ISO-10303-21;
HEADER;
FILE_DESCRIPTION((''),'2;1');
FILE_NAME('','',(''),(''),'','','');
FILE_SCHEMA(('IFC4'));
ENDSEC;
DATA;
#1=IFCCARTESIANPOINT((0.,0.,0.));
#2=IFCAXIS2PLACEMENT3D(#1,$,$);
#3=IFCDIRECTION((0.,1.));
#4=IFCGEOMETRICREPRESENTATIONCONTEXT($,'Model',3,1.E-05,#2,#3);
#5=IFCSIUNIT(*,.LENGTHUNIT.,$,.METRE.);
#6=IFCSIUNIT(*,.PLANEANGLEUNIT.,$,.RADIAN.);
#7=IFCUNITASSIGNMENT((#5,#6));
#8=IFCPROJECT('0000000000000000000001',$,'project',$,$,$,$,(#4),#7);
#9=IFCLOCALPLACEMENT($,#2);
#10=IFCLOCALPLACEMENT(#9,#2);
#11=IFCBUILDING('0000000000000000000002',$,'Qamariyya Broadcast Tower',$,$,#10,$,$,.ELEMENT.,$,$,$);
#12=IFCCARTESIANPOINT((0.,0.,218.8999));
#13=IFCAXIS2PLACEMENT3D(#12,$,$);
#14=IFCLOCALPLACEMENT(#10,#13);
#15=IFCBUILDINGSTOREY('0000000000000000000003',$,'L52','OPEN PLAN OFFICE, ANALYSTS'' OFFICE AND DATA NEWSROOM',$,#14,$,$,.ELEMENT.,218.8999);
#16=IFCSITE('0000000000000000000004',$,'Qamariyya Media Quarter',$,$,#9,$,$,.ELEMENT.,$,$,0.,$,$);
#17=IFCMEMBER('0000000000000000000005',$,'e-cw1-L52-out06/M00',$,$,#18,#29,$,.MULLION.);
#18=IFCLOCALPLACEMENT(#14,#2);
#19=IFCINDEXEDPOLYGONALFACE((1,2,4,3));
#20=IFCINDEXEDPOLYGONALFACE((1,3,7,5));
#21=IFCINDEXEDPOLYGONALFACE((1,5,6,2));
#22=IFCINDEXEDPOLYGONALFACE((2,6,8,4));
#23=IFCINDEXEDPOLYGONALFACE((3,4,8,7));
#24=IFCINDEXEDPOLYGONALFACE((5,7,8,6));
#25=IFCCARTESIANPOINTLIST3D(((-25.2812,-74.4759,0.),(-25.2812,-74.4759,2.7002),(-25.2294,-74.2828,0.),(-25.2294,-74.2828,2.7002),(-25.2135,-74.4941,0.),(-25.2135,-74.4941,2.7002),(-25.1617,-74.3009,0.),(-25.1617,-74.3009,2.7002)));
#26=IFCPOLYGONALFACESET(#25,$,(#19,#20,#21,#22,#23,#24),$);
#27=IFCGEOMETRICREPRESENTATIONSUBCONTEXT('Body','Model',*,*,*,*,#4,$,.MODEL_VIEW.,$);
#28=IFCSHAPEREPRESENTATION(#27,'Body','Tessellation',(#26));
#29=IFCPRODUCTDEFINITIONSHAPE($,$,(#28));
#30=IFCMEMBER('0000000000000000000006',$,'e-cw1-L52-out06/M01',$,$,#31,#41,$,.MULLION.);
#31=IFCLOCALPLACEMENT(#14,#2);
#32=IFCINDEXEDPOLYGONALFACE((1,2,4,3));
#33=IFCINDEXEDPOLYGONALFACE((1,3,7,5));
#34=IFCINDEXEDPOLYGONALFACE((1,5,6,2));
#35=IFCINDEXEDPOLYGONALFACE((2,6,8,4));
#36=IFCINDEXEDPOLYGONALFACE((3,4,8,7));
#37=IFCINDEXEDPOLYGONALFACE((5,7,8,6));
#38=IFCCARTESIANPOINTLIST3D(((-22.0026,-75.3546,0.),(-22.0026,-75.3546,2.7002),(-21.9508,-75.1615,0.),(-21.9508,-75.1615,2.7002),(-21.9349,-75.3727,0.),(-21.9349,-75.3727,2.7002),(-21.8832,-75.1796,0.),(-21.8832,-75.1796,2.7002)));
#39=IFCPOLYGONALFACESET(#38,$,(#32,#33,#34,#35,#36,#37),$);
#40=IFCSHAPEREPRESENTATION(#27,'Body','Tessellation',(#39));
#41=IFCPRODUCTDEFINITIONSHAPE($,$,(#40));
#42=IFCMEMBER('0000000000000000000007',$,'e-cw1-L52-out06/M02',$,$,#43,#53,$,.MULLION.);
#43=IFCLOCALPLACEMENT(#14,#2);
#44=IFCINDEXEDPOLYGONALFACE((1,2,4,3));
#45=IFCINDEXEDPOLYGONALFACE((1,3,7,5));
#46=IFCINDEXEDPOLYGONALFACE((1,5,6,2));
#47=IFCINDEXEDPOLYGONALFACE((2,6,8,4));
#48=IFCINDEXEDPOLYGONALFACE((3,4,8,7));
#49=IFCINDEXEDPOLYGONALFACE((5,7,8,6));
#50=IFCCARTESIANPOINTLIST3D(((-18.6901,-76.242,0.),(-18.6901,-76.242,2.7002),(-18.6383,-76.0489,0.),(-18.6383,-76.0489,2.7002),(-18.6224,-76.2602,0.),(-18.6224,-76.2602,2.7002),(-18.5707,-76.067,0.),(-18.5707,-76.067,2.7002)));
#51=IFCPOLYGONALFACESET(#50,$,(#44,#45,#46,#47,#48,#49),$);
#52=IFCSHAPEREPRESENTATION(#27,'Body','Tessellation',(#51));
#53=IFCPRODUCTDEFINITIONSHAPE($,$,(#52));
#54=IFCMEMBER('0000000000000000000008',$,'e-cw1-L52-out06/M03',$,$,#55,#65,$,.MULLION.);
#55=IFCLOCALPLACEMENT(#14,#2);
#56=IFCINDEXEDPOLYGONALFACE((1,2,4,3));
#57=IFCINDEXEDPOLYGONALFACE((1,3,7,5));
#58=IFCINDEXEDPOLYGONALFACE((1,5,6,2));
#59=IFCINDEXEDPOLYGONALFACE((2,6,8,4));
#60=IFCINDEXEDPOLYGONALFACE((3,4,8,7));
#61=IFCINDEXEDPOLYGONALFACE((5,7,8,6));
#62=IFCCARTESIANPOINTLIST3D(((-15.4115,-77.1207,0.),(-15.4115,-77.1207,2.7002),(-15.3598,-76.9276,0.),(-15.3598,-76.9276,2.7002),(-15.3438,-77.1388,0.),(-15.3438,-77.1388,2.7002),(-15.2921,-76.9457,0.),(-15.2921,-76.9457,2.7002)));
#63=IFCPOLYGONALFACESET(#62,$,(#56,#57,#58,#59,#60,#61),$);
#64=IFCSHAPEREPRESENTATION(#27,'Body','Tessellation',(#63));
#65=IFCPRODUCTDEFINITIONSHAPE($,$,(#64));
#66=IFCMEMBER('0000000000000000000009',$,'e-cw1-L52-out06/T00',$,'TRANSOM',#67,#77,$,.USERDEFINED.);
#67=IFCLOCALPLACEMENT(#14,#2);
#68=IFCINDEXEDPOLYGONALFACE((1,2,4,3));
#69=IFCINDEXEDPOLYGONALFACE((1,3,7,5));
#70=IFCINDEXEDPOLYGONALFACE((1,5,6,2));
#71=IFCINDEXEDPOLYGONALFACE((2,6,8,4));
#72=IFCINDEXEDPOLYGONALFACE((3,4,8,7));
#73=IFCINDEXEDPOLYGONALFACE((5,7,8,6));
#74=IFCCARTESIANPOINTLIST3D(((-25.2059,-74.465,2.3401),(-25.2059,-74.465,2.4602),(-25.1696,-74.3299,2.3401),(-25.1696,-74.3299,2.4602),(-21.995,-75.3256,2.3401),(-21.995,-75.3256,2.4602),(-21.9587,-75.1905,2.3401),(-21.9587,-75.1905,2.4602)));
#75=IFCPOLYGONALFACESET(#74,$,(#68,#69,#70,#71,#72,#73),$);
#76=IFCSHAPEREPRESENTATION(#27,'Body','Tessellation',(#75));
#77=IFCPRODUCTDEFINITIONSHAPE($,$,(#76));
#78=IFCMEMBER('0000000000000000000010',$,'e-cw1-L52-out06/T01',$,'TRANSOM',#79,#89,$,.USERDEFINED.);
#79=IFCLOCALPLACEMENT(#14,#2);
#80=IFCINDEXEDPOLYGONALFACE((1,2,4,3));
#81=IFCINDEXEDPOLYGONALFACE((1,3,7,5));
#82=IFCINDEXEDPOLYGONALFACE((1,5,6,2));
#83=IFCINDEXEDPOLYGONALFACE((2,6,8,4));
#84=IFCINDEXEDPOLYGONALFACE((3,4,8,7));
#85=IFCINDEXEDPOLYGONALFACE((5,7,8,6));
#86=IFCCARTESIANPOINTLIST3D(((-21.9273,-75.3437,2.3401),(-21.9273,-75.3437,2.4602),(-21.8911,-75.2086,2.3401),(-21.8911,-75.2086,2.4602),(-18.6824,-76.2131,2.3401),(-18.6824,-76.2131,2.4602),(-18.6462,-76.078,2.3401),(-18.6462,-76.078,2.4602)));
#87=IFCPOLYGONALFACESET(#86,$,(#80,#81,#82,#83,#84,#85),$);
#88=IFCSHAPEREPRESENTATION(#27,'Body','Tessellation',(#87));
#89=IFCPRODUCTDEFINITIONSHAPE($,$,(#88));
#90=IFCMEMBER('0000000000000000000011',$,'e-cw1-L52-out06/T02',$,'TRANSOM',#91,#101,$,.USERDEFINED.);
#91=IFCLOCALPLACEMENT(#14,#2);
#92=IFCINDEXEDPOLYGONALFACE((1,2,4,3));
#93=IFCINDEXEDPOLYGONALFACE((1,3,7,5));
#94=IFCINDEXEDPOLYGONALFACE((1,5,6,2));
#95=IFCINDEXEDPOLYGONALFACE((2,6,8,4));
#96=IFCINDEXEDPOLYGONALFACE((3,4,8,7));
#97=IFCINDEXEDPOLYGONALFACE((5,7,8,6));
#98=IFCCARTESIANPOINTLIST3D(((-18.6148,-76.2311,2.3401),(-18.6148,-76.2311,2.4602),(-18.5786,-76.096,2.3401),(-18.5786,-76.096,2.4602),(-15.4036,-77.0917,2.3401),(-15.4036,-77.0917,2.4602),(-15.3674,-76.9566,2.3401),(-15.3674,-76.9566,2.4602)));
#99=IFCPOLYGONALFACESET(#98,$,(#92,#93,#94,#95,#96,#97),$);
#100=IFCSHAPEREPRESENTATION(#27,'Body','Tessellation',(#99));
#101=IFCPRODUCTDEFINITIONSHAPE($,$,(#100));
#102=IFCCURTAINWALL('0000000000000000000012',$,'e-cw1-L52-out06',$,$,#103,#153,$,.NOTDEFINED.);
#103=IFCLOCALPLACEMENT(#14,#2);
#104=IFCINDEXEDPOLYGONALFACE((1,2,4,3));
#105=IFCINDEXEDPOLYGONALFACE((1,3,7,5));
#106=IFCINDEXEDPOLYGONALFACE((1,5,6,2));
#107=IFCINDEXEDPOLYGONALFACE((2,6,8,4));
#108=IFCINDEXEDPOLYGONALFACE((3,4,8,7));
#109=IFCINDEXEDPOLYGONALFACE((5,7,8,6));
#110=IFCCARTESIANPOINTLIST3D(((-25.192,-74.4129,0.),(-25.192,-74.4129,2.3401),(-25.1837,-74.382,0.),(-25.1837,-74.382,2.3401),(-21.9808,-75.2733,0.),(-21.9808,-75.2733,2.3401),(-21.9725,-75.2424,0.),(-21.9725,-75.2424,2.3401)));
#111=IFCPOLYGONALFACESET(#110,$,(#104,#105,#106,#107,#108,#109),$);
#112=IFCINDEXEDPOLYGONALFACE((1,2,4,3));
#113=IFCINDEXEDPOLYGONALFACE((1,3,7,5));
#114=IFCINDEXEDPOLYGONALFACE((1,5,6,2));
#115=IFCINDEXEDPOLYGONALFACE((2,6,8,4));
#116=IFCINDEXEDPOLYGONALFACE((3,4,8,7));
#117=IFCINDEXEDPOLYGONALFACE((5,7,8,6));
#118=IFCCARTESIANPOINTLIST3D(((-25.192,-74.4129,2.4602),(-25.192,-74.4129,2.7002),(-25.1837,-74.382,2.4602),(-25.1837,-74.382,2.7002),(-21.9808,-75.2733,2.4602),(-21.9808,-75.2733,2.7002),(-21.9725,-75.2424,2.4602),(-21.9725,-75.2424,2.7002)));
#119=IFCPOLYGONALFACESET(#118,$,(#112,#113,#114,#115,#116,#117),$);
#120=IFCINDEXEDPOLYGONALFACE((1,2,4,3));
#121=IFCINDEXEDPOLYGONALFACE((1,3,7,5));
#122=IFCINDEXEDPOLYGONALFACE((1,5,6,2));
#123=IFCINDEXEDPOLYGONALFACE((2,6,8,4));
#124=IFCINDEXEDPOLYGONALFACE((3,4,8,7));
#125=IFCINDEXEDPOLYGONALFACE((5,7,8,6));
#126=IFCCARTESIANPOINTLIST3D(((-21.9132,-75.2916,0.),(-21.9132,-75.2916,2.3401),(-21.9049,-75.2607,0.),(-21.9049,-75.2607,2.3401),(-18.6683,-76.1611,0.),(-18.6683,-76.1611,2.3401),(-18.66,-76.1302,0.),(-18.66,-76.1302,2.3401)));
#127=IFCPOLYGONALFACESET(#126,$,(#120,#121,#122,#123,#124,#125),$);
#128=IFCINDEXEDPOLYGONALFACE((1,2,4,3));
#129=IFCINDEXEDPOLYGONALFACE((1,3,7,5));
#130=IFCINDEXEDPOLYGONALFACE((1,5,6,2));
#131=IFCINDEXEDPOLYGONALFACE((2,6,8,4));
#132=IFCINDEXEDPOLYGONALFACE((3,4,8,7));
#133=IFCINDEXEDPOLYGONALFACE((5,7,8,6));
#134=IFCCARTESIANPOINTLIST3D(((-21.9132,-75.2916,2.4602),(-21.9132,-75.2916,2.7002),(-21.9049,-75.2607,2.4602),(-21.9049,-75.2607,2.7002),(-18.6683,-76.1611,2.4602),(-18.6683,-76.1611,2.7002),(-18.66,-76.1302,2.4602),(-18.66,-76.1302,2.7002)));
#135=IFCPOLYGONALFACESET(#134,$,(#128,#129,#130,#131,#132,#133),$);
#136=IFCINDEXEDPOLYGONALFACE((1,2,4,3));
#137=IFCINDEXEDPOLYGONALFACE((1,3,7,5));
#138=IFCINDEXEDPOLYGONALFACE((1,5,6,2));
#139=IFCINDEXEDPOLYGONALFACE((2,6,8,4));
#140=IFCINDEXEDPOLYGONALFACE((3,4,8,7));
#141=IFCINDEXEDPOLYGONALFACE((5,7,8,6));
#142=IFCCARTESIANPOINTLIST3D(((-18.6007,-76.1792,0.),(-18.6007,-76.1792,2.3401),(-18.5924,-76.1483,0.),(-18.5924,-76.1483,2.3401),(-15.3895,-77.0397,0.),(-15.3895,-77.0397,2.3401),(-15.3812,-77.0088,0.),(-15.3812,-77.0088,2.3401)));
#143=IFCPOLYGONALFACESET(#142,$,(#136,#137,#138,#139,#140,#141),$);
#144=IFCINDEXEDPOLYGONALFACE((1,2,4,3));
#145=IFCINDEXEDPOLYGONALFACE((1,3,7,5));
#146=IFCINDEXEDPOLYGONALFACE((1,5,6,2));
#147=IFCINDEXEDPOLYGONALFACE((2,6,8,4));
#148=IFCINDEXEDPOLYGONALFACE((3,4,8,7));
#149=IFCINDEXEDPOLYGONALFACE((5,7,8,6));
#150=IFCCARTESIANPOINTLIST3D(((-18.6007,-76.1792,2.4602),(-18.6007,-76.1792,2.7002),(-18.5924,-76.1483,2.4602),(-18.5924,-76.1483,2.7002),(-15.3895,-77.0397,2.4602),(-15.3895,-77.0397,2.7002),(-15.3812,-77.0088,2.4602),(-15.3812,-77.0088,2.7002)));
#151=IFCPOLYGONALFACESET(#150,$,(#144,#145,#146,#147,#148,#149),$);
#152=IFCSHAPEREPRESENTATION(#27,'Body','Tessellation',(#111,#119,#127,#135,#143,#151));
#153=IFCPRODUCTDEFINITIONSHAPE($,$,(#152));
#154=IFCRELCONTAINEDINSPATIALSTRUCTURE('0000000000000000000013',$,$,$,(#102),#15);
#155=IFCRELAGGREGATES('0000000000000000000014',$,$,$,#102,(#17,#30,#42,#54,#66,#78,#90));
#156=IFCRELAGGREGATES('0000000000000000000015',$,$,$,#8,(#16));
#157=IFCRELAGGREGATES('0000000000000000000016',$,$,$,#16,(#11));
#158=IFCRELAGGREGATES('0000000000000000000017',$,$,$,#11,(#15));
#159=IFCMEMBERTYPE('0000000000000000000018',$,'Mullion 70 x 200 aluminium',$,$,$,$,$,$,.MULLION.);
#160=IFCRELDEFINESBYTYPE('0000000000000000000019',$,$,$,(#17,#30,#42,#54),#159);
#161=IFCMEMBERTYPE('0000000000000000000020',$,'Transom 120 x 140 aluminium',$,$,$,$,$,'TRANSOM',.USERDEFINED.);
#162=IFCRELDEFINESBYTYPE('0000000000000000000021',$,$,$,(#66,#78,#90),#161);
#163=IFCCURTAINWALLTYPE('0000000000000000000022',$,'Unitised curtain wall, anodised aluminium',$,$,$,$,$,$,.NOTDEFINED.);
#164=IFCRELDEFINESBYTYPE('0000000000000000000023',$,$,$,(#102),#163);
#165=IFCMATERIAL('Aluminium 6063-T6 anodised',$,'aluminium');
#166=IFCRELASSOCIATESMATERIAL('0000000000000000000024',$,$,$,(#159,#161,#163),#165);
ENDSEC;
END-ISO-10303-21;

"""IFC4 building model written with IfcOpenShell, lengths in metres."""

from ifc_helpers import new_model, si_unit, direction, frame, origin, origin_2d, place, context, subcontext, project, spatial, rectangle, extrude, material, material_profile, profile_set, type_object, element, aggregate, save


model = new_model("IFC4")

# Units and contexts
model_context = context("Model", 3, precision=1e-05, world=origin(), true_north=direction((0.0, 1.0)))
body_context = subcontext(model_context, "Body", "Model", "MODEL_VIEW")
ifc_project = project(units=[si_unit("LENGTHUNIT", "METRE"), si_unit("PLANEANGLEUNIT", "RADIAN")], contexts=[model_context])

# Members
ifc_material = material(Name="Aluminium 6063-T6 anodised", Category="aluminium")
ifc_material_profile_1 = material_profile(ifc_material, rectangle(XDim=0.2, YDim=0.0701, at=origin_2d()))
ifc_profile_set_1 = profile_set([ifc_material_profile_1], Name="Aluminium 6063-T6 anodised")
member_type_1 = type_object("IfcMemberType", Name="Mullion 70 x 200 aluminium", PredefinedType="MULLION", material=ifc_profile_set_1)
site_placement = place(None, origin())
building_placement = place(site_placement, origin())
storey_placement = place(building_placement, frame((0.0, 0.0, 218.8999)))
member_1_placement = place(storey_placement, frame((-25.2214, -74.3884, 0.0), z_axis=(0.0, 0.0, 1.0), x_axis=(0.258819, 0.965926, 0.0)))
member_1 = element("IfcMember", 1, at=member_1_placement, type_object=member_type_1, Name="e-cw1-L52-out06/M00", PredefinedType="MULLION", context=body_context, shape_type="SweptSolid", body=[
    extrude(rectangle(XDim=0.2, YDim=0.0701, at=origin_2d()), origin(), (0.0, 0.0, 1.0), 2.7002),
])
member_2_placement = place(storey_placement, frame((-21.9429, -75.2671, 0.0), z_axis=(0.0, 0.0, 1.0), x_axis=(0.258819, 0.965926, 0.0)))
member_2 = element("IfcMember", 2, at=member_2_placement, type_object=member_type_1, Name="e-cw1-L52-out06/M01", PredefinedType="MULLION", context=body_context, shape_type="SweptSolid", body=[
    extrude(rectangle(XDim=0.2, YDim=0.0701, at=origin_2d()), origin(), (0.0, 0.0, 1.0), 2.7002),
])
member_3_placement = place(storey_placement, frame((-18.6304, -76.1545, 0.0), z_axis=(0.0, 0.0, 1.0), x_axis=(0.258819, 0.965926, 0.0)))
member_3 = element("IfcMember", 3, at=member_3_placement, type_object=member_type_1, Name="e-cw1-L52-out06/M02", PredefinedType="MULLION", context=body_context, shape_type="SweptSolid", body=[
    extrude(rectangle(XDim=0.2, YDim=0.0701, at=origin_2d()), origin(), (0.0, 0.0, 1.0), 2.7002),
])
member_4_placement = place(storey_placement, frame((-15.3518, -77.0332, 0.0), z_axis=(0.0, 0.0, 1.0), x_axis=(0.258819, 0.965926, 0.0)))
member_4 = element("IfcMember", 4, at=member_4_placement, type_object=member_type_1, Name="e-cw1-L52-out06/M03", PredefinedType="MULLION", context=body_context, shape_type="SweptSolid", body=[
    extrude(rectangle(XDim=0.2, YDim=0.0701, at=origin_2d()), origin(), (0.0, 0.0, 1.0), 2.7002),
])
ifc_material_profile_2 = material_profile(ifc_material, rectangle(XDim=0.1399, YDim=0.1201, at=origin_2d()))
ifc_profile_set_2 = profile_set([ifc_material_profile_2], Name="Aluminium 6063-T6 anodised")
member_type_2 = type_object("IfcMemberType", Name="Transom 120 x 140 aluminium", ElementType="TRANSOM", PredefinedType="USERDEFINED", material=ifc_profile_set_2)
member_5_placement = place(storey_placement, frame((-25.1877, -74.3975, 2.4001), z_axis=(0.965909, -0.258883, 0.0), x_axis=(0.258883, 0.965909, 0.0)))
member_5 = element("IfcMember", 5, at=member_5_placement, type_object=member_type_2, Name="e-cw1-L52-out06/T00", ObjectType="TRANSOM", PredefinedType="USERDEFINED", context=body_context, shape_type="SweptSolid", body=[
    extrude(rectangle(XDim=0.1399, YDim=0.1201, at=origin_2d()), origin(), (0.0, 0.0, 1.0), 3.3242),
])
member_6_placement = place(storey_placement, frame((-21.9092, -75.2761, 2.4001), z_axis=(0.965932, -0.258798, 0.0), x_axis=(0.258798, 0.965932, 0.0)))
member_6 = element("IfcMember", 6, at=member_6_placement, type_object=member_type_2, Name="e-cw1-L52-out06/T01", ObjectType="TRANSOM", PredefinedType="USERDEFINED", context=body_context, shape_type="SweptSolid", body=[
    extrude(rectangle(XDim=0.1399, YDim=0.1201, at=origin_2d()), origin(), (0.0, 0.0, 1.0), 3.3594),
])
member_7_placement = place(storey_placement, frame((-18.5967, -76.1636, 2.4001), z_axis=(0.965914, -0.258865, 0.0), x_axis=(0.258865, 0.965914, 0.0)))
member_7 = element("IfcMember", 7, at=member_7_placement, type_object=member_type_2, Name="e-cw1-L52-out06/T02", ObjectType="TRANSOM", PredefinedType="USERDEFINED", context=body_context, shape_type="SweptSolid", body=[
    extrude(rectangle(XDim=0.1399, YDim=0.1201, at=origin_2d()), origin(), (0.0, 0.0, 1.0), 3.3245),
])

# Site, building, storey
site = spatial("IfcSite", under=ifc_project, at=site_placement, Name="Qamariyya Media Quarter", CompositionType="ELEMENT", RefElevation=0.0)
building = spatial("IfcBuilding", under=site, at=building_placement, Name="Qamariyya Broadcast Tower", CompositionType="ELEMENT")
storey = spatial("IfcBuildingStorey", under=building, at=storey_placement, Name="L52", Description="OPEN PLAN OFFICE, ANALYSTS' OFFICE AND DATA NEWSROOM", CompositionType="ELEMENT", Elevation=218.8999)

# Curtain wall
curtain_wall_type = type_object("IfcCurtainWallType", Name="Unitised curtain wall, anodised aluminium", PredefinedType="NOTDEFINED", material=ifc_material)
curtain_wall_1_placement = place(storey_placement, origin())
curtain_wall_1 = element("IfcCurtainWall", 8, at=curtain_wall_1_placement, inside=storey, type_object=curtain_wall_type, Name="e-cw1-L52-out06", PredefinedType="NOTDEFINED", context=body_context, shape_type="SweptSolid", body=[
    extrude(rectangle(XDim=3.3245, YDim=0.032, at=origin_2d()), frame((-23.5823, -74.8276, 0.0), x_axis=(0.965923, -0.258828, 0.0)), (0.0, 0.0, 1.0), 2.3401),
    extrude(rectangle(XDim=3.3245, YDim=0.032, at=origin_2d()), frame((-23.5823, -74.8276, 2.4602), x_axis=(0.965923, -0.258828, 0.0)), (0.0, 0.0, 1.0), 0.24),
    extrude(rectangle(XDim=3.3594, YDim=0.032, at=origin_2d()), frame((-20.2866, -75.7109, 0.0), x_axis=(0.965923, -0.258828, 0.0)), (0.0, 0.0, 1.0), 2.3401),
    extrude(rectangle(XDim=3.3594, YDim=0.032, at=origin_2d()), frame((-20.2866, -75.7109, 2.4602), x_axis=(0.965923, -0.258828, 0.0)), (0.0, 0.0, 1.0), 0.24),
    extrude(rectangle(XDim=3.3245, YDim=0.032, at=origin_2d()), frame((-16.991, -76.594, 0.0), x_axis=(0.965923, -0.258828, 0.0)), (0.0, 0.0, 1.0), 2.3401),
    extrude(rectangle(XDim=3.3245, YDim=0.032, at=origin_2d()), frame((-16.991, -76.594, 2.4602), x_axis=(0.965923, -0.258828, 0.0)), (0.0, 0.0, 1.0), 0.24),
])
aggregate(curtain_wall_1, [member_1, member_2, member_3, member_4, member_5, member_6, member_7])

save(model, "model.ifc")
